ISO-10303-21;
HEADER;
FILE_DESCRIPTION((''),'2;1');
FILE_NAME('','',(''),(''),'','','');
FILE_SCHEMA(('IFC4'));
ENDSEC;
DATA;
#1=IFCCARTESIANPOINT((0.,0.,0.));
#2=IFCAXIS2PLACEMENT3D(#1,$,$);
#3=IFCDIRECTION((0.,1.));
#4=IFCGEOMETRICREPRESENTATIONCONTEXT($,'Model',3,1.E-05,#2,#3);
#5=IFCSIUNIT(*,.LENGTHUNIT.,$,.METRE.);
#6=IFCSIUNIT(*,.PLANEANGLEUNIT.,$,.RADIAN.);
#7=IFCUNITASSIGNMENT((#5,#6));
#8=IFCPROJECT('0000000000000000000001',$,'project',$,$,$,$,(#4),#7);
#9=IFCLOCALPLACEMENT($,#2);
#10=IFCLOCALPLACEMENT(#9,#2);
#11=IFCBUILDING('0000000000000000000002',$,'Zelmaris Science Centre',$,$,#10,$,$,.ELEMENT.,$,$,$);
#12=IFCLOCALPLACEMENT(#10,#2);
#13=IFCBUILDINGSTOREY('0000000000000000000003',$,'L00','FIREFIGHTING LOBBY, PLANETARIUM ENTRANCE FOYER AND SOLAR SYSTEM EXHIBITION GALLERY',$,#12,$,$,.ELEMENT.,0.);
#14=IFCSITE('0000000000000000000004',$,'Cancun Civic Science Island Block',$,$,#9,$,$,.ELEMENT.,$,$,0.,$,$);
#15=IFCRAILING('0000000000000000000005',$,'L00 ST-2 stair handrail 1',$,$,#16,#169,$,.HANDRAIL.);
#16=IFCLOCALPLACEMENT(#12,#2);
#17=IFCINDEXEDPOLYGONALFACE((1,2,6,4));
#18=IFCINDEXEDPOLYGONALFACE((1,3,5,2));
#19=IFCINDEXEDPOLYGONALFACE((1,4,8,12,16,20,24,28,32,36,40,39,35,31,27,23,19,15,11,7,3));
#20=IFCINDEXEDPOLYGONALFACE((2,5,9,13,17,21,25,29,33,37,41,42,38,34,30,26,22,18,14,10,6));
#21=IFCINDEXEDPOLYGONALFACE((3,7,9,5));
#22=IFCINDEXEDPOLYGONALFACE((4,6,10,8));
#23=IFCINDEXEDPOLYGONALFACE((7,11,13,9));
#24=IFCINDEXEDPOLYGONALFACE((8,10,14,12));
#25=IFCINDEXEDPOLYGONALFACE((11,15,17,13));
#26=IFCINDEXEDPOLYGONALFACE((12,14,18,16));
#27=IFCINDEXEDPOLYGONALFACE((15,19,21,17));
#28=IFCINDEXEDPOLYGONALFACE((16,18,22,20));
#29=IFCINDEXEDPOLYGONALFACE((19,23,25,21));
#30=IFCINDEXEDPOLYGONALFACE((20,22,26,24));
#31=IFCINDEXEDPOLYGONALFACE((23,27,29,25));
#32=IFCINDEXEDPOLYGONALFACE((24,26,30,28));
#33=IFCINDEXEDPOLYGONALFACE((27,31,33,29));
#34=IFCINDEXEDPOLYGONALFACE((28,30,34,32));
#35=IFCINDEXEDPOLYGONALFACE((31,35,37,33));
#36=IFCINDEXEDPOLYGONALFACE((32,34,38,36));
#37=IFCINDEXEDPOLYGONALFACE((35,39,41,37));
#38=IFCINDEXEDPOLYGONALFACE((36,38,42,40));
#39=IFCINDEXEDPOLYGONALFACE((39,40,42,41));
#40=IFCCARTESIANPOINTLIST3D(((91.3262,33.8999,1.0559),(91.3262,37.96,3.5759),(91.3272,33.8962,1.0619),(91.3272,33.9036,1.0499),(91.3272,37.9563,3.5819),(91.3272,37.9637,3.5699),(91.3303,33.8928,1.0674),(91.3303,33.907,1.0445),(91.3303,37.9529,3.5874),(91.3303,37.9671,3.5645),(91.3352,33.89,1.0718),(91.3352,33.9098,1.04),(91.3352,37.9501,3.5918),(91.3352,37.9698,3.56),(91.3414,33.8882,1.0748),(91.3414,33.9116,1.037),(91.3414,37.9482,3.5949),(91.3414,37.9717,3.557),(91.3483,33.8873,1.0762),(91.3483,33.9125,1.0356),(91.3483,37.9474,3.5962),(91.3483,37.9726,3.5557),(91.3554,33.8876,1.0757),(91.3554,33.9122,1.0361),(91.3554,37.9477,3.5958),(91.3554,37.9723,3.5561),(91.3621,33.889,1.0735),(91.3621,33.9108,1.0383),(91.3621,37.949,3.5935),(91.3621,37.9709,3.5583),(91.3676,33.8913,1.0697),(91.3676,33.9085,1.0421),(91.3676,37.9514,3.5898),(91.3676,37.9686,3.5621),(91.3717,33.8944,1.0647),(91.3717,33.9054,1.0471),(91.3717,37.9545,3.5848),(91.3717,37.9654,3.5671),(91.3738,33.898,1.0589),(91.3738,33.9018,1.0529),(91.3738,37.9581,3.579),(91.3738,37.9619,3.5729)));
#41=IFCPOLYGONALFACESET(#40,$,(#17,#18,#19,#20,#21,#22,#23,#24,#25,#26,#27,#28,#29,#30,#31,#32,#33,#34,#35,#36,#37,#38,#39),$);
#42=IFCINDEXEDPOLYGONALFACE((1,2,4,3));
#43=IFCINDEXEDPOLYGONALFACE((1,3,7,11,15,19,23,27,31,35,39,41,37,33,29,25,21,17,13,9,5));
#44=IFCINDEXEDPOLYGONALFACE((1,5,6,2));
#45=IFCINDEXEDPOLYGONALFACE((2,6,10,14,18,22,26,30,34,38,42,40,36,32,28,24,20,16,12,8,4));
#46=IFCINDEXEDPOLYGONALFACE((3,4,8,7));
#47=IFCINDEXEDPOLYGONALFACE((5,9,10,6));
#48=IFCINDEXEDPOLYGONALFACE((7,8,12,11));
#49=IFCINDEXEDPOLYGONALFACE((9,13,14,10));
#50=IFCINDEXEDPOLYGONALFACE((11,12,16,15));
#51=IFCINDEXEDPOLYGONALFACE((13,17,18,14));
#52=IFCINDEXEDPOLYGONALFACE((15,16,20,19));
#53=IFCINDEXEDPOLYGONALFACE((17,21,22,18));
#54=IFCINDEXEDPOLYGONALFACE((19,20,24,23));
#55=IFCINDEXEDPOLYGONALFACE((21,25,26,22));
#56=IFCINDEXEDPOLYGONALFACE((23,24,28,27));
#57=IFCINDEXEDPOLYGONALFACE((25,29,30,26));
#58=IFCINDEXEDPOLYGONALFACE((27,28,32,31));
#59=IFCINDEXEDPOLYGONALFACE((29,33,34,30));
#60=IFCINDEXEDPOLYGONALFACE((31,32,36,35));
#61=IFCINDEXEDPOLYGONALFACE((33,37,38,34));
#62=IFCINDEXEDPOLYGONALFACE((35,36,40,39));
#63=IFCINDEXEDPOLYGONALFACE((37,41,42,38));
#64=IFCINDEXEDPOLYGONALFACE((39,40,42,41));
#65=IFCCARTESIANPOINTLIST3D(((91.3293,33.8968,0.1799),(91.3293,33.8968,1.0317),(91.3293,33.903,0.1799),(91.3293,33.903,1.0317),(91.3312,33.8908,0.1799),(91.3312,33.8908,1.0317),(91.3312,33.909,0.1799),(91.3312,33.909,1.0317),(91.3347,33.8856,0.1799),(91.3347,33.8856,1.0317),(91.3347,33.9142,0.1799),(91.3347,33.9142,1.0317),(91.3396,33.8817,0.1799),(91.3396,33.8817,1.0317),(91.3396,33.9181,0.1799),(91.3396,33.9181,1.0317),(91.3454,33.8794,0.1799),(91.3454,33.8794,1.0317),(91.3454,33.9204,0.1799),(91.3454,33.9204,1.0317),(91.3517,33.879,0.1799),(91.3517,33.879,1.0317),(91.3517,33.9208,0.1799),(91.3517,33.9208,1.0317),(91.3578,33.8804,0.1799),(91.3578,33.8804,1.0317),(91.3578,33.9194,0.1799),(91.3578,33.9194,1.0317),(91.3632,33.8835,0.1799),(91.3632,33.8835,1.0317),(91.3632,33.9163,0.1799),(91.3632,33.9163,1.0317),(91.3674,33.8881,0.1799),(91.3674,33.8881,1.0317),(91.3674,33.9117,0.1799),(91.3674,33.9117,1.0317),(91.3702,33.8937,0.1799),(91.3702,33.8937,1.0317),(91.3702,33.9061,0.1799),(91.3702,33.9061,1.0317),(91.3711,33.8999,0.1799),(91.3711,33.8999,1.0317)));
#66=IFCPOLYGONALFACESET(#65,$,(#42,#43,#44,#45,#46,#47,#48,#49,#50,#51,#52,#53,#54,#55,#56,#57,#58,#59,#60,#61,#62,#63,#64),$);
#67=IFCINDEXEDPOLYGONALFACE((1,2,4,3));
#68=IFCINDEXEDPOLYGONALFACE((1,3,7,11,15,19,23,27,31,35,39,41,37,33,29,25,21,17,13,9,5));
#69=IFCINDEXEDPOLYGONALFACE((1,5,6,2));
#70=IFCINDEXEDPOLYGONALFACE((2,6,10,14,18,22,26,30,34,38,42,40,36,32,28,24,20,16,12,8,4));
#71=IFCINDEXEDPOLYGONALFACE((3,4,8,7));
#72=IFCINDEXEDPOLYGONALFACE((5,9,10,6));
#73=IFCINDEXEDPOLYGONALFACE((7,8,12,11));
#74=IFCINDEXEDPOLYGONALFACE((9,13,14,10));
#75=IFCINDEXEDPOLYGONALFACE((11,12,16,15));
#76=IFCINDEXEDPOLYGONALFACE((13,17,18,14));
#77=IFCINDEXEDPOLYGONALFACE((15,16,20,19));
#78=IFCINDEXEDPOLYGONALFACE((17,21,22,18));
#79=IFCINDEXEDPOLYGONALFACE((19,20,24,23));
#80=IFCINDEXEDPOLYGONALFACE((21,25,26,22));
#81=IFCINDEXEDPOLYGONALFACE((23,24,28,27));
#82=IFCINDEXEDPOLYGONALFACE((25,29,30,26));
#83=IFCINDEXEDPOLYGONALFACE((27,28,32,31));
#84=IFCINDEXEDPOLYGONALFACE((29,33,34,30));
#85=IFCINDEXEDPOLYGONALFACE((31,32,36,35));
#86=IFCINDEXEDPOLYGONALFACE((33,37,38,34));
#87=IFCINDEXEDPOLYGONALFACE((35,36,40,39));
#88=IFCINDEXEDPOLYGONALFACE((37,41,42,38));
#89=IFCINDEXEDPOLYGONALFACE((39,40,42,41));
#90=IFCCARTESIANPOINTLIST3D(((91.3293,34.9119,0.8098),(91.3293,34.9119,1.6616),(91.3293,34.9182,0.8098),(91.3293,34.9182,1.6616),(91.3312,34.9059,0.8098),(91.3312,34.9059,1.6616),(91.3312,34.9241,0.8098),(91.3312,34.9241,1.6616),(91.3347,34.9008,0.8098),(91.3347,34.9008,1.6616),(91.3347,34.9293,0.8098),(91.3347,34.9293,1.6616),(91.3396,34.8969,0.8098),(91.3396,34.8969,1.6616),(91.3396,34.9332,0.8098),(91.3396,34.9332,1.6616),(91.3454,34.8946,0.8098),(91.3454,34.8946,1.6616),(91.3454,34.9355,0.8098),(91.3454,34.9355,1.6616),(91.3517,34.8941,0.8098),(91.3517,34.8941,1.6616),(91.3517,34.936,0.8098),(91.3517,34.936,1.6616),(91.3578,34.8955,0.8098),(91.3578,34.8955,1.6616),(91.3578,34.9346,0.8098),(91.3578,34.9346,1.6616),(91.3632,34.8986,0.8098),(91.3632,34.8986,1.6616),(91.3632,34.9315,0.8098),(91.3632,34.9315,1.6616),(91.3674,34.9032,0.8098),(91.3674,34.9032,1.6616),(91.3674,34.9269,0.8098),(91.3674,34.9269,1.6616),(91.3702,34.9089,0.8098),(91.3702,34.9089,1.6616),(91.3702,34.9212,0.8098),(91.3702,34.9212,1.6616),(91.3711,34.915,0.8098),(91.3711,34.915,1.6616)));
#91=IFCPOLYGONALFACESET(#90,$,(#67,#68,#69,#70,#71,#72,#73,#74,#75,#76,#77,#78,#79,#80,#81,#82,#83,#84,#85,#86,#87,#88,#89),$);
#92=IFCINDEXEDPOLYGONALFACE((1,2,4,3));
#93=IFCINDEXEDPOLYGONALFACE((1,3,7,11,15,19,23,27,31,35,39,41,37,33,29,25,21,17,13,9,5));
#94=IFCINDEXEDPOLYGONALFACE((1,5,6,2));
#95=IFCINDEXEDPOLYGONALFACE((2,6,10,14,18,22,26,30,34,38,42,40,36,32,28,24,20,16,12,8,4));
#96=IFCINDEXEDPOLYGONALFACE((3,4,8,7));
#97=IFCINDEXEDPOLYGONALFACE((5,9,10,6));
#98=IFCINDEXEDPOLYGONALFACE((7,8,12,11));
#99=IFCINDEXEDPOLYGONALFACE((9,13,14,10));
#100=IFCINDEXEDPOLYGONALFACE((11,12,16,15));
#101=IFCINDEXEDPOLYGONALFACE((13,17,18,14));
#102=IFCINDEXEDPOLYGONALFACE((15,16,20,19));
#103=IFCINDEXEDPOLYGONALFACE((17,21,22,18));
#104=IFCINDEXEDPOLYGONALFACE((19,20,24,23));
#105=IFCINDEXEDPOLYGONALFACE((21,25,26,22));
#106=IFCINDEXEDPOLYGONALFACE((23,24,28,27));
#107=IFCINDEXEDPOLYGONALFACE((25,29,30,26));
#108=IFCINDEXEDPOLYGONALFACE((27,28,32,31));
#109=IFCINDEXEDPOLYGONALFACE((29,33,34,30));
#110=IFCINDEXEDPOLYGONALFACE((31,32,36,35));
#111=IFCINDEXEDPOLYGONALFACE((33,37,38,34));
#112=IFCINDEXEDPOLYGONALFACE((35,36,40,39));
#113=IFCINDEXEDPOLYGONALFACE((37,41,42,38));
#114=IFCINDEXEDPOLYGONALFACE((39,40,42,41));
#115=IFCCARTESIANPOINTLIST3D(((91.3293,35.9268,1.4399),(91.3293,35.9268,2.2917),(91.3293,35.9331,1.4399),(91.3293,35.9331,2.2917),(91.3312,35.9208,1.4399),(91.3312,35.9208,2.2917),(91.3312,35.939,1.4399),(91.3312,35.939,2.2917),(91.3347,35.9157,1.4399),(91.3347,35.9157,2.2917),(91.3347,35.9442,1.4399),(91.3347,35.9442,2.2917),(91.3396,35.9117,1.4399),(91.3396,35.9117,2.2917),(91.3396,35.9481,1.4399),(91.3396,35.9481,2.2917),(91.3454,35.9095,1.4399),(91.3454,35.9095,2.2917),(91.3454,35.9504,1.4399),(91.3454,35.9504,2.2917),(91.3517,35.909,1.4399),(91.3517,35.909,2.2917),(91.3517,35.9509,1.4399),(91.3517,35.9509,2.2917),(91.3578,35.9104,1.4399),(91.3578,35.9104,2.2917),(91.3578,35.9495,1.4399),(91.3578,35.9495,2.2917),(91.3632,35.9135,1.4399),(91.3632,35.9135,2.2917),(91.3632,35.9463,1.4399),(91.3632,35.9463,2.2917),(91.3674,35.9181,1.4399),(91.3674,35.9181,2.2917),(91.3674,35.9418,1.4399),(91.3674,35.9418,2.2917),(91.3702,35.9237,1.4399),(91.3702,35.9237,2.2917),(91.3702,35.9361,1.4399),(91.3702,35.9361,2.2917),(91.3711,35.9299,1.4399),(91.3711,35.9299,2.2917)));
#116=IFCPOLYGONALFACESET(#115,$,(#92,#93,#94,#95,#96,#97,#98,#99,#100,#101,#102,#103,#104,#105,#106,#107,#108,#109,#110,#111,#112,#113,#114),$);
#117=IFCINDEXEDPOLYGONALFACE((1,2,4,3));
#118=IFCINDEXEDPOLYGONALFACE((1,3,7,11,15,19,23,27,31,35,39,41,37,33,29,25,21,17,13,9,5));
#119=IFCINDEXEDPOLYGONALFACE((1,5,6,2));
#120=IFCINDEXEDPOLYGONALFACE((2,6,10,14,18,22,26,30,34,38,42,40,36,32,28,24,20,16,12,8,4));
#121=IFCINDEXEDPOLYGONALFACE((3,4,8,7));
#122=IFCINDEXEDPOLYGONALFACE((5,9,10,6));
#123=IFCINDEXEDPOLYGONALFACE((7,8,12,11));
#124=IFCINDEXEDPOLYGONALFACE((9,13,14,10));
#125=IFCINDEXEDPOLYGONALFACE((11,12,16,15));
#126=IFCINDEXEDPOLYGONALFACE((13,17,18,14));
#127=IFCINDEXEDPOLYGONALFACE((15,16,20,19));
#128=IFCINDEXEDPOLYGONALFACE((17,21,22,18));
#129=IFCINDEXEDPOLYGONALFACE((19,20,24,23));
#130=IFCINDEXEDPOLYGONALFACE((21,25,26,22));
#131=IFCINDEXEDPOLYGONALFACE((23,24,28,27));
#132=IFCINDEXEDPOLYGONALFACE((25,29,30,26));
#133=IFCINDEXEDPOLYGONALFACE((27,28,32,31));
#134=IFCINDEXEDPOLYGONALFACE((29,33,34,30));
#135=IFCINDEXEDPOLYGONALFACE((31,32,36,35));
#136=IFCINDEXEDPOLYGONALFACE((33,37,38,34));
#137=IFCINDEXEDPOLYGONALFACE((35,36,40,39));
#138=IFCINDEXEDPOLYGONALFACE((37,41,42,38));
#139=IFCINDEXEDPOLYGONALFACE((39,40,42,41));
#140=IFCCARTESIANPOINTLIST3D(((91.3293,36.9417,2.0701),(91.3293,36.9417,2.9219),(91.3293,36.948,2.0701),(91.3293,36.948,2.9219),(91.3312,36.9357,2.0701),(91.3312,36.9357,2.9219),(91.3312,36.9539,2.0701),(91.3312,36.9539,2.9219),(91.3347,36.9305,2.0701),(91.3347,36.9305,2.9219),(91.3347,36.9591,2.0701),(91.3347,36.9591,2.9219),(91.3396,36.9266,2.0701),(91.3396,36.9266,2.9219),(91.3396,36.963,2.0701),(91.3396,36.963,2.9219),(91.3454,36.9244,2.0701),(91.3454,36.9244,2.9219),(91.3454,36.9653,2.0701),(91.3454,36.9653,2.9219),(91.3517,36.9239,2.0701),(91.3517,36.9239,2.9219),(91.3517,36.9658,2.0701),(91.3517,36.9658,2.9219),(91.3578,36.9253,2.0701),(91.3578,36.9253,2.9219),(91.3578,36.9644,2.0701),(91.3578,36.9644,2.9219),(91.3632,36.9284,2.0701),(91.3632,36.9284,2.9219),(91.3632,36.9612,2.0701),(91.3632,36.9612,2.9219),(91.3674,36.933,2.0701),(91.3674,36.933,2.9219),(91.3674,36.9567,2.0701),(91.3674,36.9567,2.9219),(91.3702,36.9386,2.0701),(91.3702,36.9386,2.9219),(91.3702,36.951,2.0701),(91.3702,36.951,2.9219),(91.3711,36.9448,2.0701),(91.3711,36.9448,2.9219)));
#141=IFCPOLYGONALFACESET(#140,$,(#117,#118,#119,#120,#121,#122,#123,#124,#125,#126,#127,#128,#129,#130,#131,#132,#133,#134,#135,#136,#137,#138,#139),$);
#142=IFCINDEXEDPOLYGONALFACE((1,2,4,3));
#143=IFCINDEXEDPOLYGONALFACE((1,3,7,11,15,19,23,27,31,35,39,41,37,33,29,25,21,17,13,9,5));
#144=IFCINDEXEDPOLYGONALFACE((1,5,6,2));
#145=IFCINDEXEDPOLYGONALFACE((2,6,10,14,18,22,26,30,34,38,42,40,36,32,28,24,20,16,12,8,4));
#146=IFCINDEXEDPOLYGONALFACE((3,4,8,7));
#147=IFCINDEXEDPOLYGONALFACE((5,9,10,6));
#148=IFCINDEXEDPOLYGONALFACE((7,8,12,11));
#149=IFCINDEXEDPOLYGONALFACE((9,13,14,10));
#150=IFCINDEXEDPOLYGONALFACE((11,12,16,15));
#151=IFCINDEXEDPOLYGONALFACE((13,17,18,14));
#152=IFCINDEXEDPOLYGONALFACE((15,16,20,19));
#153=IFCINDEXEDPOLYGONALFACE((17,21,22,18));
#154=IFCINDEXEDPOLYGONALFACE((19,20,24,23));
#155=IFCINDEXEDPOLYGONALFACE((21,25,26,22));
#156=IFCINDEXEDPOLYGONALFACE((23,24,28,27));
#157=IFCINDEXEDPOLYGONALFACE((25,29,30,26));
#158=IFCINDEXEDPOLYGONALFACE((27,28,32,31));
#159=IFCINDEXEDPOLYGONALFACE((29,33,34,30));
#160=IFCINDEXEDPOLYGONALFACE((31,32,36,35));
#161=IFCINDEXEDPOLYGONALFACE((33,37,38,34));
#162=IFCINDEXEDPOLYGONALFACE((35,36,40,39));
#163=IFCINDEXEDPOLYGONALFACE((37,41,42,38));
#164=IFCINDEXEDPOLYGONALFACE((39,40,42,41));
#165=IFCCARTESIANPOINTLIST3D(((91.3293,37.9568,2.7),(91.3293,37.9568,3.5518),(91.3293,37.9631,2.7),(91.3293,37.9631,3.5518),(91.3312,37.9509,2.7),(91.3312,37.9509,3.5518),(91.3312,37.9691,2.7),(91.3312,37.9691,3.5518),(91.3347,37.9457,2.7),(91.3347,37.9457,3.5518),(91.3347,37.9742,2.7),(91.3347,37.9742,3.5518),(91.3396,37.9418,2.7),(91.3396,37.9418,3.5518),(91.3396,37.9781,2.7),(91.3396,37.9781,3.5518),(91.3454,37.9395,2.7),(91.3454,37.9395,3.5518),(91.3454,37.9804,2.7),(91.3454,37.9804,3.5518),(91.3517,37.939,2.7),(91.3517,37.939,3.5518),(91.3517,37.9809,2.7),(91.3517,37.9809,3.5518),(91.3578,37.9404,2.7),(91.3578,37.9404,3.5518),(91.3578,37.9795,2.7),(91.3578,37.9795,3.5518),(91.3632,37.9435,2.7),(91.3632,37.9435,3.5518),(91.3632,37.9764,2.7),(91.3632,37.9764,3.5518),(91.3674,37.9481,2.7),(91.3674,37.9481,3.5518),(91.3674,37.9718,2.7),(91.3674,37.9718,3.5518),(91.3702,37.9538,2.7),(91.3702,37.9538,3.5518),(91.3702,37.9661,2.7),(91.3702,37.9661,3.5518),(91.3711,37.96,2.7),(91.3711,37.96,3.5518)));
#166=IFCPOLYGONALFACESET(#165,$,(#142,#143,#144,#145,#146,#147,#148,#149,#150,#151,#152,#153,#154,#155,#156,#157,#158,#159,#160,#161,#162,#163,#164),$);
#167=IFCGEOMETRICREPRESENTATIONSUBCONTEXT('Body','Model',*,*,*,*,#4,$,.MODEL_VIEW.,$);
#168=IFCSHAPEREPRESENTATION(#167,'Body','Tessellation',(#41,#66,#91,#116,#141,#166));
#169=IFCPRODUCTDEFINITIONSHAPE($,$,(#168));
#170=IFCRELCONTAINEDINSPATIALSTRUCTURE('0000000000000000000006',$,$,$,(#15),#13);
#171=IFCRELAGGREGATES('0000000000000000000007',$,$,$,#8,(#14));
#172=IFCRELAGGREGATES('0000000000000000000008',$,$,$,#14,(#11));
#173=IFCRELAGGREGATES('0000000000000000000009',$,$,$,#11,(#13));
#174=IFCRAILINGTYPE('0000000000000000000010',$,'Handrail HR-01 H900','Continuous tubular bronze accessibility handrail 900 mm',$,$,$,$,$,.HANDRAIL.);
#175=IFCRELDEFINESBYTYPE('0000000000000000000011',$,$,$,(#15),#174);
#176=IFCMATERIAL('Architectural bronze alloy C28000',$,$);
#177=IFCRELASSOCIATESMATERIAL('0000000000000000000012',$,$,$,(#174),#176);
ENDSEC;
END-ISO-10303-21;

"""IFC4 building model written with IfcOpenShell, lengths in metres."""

from ifc_helpers import new_model, si_unit, direction, frame, origin, origin_2d, place, context, subcontext, project, spatial, circle, extrude, material, type_object, element, save


model = new_model("IFC4")

# Units and contexts
model_context = context("Model", 3, precision=1e-05, world=origin(), true_north=direction((0.0, 1.0)))
body_context = subcontext(model_context, "Body", "Model", "MODEL_VIEW")
ifc_project = project(units=[si_unit("LENGTHUNIT", "METRE"), si_unit("PLANEANGLEUNIT", "RADIAN")], contexts=[model_context])

# Site, building, storey
site_placement = place(None, origin())
site = spatial("IfcSite", under=ifc_project, at=site_placement, Name="Cancun Civic Science Island Block", CompositionType="ELEMENT", RefElevation=0.0)
building_placement = place(site_placement, origin())
building = spatial("IfcBuilding", under=site, at=building_placement, Name="Zelmaris Science Centre", CompositionType="ELEMENT")
storey_placement = place(building_placement, origin())
storey = spatial("IfcBuildingStorey", under=building, at=storey_placement, Name="L00", Description="FIREFIGHTING LOBBY, PLANETARIUM ENTRANCE FOYER AND SOLAR SYSTEM EXHIBITION GALLERY", CompositionType="ELEMENT", Elevation=0.0)

# Railing
ifc_material_1 = material(Name="Architectural bronze alloy C28000")
railing_type_1 = type_object("IfcRailingType", Name="Handrail HR-01 H900", Description="Continuous tubular bronze accessibility handrail 900 mm", PredefinedType="HANDRAIL", material=ifc_material_1)
railing_1_placement = place(storey_placement, frame((91.3501, 33.8999, 0.1799)))
element("IfcRailing", 1, at=railing_1_placement, inside=storey, type_object=railing_type_1, Name="L00 ST-2 stair handrail 1", PredefinedType="HANDRAIL", context=body_context, shape_type="SweptSolid", body=[
    extrude(circle(Radius=0.0239, at=origin_2d()), frame((0.0, 0.0, 0.876), z_axis=(0.0, 0.849642, 0.52736), x_axis=(-1.0, 0.0, 0.0)), (0.0, 0.0, 1.0), 4.7786),
    extrude(circle(Radius=0.021, at=origin_2d()), origin(), (0.0, 0.0, 1.0), 0.8518),
    extrude(circle(Radius=0.021, at=origin_2d()), frame((0.0, 1.0151, 0.6299)), (0.0, 0.0, 1.0), 0.8518),
    extrude(circle(Radius=0.021, at=origin_2d()), frame((0.0, 2.03, 1.26)), (0.0, 0.0, 1.0), 0.8518),
    extrude(circle(Radius=0.021, at=origin_2d()), frame((0.0, 3.0449, 1.8901)), (0.0, 0.0, 1.0), 0.8518),
    extrude(circle(Radius=0.021, at=origin_2d()), frame((0.0, 4.0601, 2.52)), (0.0, 0.0, 1.0), 0.8518),
])

save(model, "model.ifc")
